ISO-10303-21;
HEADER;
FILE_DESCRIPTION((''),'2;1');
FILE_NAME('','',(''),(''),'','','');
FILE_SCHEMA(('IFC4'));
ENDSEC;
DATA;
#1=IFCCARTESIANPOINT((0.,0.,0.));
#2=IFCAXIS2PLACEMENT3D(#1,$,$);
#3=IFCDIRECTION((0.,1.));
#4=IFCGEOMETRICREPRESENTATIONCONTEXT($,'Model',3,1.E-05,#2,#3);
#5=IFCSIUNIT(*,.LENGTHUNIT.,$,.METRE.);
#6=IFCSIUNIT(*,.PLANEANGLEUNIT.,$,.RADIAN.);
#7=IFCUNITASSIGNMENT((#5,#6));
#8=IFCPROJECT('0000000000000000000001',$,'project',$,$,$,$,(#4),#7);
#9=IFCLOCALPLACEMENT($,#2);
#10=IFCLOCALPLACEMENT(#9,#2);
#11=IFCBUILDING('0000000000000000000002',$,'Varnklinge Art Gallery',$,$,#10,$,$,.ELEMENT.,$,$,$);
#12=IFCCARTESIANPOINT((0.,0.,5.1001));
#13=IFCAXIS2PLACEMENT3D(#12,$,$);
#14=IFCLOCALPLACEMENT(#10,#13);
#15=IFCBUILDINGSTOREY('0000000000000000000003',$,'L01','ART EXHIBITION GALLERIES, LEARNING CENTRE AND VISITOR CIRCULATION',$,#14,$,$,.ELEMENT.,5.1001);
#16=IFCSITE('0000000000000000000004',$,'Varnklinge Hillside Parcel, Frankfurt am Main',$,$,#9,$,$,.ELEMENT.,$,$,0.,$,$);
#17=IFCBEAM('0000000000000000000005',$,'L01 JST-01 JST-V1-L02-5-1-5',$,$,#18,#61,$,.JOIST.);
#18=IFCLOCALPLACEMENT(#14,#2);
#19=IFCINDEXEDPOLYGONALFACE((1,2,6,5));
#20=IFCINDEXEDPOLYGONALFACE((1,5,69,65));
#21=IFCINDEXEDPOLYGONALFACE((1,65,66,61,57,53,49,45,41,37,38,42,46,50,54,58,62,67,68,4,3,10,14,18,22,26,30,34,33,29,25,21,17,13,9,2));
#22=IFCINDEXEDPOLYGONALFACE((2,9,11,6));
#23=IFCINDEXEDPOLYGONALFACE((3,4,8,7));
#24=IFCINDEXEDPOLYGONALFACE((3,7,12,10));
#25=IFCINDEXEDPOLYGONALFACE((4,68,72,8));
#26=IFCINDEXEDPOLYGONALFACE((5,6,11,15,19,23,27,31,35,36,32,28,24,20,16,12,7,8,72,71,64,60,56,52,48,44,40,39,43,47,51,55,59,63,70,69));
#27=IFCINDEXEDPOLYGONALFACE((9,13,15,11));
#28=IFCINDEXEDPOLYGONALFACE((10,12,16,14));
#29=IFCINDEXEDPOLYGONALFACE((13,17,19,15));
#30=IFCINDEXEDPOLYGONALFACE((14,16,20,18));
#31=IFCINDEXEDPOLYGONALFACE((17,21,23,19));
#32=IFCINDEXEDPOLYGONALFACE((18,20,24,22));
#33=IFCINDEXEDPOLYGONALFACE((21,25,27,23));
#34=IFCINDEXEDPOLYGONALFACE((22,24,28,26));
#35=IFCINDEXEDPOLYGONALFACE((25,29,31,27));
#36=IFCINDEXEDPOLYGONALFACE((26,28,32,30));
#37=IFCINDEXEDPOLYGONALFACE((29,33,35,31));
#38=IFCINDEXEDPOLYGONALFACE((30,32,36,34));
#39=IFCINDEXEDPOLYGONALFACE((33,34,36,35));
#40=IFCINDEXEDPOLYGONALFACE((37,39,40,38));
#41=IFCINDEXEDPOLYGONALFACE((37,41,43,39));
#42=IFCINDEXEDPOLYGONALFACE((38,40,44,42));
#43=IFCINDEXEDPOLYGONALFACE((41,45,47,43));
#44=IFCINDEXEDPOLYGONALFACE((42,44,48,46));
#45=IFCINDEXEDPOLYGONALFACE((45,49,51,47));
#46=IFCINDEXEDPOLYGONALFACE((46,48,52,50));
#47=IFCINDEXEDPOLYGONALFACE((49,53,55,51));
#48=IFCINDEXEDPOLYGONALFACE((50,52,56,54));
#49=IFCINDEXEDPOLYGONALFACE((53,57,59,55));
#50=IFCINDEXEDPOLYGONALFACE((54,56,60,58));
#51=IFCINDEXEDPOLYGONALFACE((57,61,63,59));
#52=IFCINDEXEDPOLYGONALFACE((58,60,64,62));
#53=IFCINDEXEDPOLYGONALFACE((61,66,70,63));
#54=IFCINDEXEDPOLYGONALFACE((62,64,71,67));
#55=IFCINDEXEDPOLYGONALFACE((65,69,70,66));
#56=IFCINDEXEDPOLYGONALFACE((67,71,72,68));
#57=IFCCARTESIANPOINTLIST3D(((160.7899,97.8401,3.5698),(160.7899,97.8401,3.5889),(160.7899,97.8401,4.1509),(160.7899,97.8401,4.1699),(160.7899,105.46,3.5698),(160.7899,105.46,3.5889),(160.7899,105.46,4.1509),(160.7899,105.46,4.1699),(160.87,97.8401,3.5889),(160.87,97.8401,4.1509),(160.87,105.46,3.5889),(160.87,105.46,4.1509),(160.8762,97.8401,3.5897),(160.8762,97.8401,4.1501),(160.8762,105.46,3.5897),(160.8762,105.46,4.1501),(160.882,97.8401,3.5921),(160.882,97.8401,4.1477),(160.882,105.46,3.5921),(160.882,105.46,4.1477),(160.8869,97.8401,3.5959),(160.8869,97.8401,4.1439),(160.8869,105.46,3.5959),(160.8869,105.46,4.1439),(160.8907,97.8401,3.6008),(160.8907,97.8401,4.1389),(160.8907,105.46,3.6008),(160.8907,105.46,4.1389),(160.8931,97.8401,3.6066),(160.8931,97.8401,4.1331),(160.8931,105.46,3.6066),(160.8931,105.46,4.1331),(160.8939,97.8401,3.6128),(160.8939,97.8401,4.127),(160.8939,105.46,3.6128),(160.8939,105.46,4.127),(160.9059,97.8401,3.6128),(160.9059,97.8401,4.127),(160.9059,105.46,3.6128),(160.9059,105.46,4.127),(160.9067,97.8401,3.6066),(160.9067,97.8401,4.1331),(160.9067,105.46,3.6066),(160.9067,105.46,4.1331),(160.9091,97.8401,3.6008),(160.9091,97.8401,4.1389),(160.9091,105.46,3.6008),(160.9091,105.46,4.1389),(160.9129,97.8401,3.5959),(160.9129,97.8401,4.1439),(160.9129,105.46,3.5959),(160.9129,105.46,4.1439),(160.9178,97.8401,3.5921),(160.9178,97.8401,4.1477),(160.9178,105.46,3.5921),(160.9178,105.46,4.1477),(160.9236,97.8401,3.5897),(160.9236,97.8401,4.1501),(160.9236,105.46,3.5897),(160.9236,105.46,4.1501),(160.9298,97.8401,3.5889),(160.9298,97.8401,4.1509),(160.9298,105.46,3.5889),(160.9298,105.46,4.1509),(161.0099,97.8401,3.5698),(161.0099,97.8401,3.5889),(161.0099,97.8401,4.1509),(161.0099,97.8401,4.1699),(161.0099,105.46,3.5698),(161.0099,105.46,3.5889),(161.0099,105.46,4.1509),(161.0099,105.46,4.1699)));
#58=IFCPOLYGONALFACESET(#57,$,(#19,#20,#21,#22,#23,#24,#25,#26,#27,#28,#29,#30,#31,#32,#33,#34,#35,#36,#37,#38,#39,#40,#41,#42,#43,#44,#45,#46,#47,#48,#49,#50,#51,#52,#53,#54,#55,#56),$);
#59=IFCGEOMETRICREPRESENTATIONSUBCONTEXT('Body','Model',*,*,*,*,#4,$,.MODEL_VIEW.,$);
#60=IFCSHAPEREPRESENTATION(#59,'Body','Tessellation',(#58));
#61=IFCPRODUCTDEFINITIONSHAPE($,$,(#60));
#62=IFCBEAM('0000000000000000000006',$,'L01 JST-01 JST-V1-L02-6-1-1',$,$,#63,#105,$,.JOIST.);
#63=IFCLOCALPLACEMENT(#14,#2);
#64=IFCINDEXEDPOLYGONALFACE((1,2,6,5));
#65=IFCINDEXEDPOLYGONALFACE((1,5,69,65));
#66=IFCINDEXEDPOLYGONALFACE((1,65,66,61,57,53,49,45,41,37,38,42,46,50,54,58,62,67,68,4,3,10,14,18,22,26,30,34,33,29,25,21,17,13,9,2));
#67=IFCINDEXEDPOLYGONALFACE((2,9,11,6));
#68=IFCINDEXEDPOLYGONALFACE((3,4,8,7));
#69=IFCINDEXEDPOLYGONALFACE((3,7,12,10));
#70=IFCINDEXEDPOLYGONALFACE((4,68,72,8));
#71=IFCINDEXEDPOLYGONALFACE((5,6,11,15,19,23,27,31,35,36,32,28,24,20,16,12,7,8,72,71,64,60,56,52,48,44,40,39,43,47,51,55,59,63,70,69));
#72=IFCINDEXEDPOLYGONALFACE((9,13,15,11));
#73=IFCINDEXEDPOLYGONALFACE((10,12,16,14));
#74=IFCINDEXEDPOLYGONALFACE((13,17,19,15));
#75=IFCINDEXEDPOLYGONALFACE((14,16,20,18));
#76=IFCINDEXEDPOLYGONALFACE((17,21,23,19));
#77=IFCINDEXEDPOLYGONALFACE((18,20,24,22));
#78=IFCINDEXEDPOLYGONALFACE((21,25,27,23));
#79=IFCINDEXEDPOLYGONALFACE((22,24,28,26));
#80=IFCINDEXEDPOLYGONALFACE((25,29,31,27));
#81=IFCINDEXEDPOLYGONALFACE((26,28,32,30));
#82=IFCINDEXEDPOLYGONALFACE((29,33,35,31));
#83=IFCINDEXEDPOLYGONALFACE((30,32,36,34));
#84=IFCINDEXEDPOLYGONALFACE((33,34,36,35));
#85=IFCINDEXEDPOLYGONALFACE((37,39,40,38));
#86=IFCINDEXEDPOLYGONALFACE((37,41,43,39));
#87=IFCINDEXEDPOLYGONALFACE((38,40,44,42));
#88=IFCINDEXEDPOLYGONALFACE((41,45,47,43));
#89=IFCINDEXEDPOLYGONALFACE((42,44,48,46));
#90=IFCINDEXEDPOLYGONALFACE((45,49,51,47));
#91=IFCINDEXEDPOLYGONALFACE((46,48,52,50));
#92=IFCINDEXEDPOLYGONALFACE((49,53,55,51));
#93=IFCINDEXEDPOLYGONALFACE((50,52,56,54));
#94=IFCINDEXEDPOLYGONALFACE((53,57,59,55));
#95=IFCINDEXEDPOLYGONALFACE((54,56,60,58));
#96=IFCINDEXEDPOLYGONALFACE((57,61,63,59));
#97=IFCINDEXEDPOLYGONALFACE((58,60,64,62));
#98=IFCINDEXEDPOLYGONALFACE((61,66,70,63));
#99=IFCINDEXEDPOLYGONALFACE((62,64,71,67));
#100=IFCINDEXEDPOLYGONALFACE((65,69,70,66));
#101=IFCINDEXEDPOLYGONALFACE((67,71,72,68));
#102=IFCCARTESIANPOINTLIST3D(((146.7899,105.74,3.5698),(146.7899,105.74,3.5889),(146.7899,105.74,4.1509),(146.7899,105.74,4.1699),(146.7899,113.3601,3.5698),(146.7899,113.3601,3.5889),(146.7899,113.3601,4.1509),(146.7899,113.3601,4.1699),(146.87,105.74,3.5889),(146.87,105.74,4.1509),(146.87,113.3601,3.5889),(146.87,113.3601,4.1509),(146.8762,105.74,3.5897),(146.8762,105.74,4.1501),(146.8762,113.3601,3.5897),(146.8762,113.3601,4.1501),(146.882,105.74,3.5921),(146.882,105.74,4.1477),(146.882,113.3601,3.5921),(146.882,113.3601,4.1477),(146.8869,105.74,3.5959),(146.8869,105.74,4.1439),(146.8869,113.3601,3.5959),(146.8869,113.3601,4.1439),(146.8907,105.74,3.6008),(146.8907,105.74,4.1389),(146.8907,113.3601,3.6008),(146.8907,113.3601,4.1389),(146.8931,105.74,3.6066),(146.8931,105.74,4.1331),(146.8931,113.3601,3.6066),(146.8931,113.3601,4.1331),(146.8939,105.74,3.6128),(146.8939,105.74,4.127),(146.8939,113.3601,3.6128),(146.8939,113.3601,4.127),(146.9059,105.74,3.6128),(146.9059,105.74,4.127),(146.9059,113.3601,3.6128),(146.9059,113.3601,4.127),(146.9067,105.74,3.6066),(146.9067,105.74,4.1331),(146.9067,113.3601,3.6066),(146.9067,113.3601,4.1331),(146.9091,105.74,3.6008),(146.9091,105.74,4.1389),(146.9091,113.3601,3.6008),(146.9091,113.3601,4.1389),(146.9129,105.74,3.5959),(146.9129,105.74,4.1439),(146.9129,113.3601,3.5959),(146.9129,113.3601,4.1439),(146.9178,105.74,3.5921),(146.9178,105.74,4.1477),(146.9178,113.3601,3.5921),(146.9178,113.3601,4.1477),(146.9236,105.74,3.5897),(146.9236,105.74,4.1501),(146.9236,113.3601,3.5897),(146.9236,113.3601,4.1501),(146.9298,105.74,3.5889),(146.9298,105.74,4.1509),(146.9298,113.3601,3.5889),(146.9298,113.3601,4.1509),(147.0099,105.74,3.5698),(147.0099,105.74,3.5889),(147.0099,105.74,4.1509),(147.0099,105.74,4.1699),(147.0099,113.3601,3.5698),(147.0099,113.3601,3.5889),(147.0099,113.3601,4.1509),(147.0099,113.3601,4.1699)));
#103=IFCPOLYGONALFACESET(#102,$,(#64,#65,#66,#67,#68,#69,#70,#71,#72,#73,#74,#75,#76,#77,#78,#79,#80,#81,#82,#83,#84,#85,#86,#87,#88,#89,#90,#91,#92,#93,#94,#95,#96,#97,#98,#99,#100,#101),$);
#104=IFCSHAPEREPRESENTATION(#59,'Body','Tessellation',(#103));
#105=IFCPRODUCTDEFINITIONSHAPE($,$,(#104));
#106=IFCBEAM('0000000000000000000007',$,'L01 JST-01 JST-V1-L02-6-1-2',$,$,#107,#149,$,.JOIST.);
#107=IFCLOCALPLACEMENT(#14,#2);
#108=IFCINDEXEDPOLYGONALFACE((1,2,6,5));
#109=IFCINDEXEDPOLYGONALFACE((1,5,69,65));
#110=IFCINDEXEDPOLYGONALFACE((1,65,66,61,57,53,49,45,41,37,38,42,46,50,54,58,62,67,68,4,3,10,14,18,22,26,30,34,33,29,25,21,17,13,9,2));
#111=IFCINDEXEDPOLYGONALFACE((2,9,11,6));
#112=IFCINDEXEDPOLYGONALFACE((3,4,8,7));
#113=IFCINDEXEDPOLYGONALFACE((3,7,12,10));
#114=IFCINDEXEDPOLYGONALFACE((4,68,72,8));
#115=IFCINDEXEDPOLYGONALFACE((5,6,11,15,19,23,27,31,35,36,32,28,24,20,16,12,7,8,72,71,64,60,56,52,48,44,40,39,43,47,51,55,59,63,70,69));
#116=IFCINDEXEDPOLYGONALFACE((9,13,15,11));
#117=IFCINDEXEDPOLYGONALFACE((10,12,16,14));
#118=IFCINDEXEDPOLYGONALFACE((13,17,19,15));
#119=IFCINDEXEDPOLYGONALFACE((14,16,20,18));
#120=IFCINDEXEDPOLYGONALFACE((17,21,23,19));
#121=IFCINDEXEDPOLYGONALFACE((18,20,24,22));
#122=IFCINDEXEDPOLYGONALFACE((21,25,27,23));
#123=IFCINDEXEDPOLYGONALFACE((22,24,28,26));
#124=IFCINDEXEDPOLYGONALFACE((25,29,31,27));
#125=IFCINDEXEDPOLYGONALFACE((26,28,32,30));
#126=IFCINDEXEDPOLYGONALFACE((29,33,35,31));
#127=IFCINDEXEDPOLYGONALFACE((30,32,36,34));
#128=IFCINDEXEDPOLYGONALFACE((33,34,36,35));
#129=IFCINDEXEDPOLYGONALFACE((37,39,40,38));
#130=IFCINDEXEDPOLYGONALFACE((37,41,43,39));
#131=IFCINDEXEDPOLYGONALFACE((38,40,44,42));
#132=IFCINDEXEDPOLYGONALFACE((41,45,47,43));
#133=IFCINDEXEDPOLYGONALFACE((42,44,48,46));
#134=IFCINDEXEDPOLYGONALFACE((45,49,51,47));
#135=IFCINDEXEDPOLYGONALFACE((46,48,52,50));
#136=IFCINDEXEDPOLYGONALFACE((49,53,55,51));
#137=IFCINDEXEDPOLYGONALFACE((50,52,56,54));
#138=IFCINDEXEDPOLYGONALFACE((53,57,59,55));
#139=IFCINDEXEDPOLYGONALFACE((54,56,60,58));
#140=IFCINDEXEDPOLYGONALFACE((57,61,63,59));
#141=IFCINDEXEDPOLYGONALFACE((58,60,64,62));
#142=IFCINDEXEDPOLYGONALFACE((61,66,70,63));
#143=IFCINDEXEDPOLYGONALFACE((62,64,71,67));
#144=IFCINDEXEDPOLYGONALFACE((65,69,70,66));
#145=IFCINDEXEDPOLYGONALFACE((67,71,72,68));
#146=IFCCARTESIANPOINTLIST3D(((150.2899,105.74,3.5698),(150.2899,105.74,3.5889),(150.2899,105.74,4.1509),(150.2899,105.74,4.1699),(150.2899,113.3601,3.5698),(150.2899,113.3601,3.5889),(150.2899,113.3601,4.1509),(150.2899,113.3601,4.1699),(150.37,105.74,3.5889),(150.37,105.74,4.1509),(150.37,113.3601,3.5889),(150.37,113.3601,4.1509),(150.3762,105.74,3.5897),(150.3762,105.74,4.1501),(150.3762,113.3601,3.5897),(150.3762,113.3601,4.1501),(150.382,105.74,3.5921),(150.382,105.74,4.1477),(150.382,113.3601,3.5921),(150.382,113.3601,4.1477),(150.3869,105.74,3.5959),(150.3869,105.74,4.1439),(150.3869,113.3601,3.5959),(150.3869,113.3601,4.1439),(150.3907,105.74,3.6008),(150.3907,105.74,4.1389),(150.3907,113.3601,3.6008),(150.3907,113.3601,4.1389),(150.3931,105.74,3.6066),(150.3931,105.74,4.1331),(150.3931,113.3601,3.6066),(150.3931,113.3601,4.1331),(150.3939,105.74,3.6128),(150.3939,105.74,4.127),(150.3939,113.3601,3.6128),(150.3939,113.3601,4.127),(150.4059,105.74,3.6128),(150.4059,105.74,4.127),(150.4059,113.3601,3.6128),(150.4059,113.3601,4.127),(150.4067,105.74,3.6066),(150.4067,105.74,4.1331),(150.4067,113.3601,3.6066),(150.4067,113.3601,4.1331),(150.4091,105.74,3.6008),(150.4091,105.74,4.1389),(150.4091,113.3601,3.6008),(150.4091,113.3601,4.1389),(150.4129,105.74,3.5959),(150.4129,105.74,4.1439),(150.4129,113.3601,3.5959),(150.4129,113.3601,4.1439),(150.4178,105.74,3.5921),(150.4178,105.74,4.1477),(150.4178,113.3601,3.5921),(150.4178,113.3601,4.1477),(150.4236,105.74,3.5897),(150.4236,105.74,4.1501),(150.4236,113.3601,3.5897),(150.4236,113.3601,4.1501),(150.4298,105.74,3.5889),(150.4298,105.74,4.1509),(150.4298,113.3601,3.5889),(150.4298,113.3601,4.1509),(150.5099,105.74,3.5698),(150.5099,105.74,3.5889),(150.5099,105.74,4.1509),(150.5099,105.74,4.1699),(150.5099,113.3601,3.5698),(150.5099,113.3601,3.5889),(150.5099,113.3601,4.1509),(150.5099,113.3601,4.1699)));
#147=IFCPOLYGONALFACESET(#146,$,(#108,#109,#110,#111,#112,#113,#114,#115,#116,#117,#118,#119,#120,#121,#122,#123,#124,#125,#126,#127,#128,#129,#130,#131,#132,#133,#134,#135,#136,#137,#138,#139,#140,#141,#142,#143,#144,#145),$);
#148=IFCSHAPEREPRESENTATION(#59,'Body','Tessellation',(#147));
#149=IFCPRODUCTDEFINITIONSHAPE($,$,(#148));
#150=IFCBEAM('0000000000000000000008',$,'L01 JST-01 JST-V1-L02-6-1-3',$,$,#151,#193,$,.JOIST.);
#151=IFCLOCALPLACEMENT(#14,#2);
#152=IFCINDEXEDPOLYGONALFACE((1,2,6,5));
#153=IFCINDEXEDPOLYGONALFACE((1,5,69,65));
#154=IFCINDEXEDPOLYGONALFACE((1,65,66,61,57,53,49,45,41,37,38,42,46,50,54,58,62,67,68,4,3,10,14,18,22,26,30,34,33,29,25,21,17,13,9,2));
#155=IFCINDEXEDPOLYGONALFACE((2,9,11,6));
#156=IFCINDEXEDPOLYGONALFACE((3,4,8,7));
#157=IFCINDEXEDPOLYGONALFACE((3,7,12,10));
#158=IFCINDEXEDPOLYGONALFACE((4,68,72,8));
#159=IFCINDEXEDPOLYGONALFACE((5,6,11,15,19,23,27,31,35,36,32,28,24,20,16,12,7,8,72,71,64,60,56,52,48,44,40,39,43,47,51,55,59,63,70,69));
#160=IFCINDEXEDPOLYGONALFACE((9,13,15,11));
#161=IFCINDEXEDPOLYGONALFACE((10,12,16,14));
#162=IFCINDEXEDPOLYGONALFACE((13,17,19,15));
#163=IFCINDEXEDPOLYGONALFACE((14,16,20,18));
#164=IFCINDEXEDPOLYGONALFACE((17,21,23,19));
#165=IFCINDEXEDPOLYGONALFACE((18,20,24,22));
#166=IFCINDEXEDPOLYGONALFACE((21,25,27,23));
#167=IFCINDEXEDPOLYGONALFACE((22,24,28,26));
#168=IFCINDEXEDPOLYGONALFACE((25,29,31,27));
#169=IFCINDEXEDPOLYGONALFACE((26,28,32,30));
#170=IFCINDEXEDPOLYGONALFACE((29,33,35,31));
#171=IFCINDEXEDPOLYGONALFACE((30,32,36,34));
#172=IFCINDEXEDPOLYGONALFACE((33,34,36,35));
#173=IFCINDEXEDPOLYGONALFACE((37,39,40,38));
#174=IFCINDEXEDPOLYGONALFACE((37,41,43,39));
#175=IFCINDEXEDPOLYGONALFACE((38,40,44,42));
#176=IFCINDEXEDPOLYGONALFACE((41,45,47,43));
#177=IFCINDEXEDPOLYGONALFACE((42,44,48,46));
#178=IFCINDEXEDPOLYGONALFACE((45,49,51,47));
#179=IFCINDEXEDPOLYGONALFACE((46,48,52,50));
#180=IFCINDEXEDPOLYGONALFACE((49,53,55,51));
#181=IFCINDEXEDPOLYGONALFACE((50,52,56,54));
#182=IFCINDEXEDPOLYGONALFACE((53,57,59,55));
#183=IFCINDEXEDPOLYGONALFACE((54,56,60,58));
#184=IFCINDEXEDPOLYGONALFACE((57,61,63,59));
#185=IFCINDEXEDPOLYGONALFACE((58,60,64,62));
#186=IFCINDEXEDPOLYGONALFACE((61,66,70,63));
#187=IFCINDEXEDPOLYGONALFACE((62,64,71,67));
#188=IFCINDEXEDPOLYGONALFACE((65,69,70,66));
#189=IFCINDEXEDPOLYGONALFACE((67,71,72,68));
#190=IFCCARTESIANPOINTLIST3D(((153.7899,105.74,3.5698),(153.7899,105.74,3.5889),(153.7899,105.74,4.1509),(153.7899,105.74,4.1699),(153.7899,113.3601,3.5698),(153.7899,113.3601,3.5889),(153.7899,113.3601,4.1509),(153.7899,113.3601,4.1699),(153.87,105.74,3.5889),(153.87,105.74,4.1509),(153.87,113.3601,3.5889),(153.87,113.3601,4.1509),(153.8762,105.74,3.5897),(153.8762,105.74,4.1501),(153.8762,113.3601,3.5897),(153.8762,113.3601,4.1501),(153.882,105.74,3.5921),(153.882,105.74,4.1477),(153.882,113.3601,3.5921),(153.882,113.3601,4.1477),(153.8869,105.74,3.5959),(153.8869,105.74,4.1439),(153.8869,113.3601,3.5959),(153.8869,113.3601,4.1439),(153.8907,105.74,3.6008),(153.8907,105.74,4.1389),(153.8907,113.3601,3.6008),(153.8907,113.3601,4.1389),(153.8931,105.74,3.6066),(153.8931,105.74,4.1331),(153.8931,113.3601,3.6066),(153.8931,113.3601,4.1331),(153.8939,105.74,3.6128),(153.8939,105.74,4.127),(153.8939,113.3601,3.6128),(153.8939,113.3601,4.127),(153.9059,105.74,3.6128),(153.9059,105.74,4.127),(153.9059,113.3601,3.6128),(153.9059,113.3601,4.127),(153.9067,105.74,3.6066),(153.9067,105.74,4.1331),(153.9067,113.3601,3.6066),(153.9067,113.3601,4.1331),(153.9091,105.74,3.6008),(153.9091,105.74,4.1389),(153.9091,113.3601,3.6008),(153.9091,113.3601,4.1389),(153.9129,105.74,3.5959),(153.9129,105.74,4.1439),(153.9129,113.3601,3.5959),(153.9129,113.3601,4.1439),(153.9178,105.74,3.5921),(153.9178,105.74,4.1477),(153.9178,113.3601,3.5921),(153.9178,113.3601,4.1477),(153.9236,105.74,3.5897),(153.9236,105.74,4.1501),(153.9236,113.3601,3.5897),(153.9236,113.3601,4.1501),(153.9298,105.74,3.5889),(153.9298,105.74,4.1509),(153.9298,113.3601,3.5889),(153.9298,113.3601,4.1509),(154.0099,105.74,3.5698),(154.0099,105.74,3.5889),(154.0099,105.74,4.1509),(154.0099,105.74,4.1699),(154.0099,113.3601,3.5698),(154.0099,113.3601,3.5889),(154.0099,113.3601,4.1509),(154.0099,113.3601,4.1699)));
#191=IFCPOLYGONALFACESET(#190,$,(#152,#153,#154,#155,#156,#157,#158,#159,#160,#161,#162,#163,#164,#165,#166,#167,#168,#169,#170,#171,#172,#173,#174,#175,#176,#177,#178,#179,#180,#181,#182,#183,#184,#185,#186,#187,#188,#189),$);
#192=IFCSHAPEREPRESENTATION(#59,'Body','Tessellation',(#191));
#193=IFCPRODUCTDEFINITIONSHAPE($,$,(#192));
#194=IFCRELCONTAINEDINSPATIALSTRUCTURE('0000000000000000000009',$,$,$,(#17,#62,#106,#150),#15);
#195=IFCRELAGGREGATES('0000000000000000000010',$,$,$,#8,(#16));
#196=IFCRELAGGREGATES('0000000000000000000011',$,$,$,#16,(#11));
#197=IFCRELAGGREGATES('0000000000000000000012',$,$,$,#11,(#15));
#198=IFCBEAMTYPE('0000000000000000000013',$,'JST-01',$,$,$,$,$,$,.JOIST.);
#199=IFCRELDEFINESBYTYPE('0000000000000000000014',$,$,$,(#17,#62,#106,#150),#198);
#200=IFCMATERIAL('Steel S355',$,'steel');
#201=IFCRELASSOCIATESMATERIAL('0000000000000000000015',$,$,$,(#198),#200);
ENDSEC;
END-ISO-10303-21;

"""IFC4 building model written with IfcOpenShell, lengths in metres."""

from ifc_helpers import new_model, si_unit, direction, frame, origin, origin_2d, place, context, subcontext, project, spatial, i_section, extrude, material, material_profile, profile_set, type_object, element, save


model = new_model("IFC4")

# Units and contexts
model_context = context("Model", 3, precision=1e-05, world=origin(), true_north=direction((0.0, 1.0)))
body_context = subcontext(model_context, "Body", "Model", "MODEL_VIEW")
ifc_project = project(units=[si_unit("LENGTHUNIT", "METRE"), si_unit("PLANEANGLEUNIT", "RADIAN")], contexts=[model_context])

# Site, building, storey
site_placement = place(None, origin())
site = spatial("IfcSite", under=ifc_project, at=site_placement, Name="Varnklinge Hillside Parcel, Frankfurt am Main", CompositionType="ELEMENT", RefElevation=0.0)
building_placement = place(site_placement, origin())
building = spatial("IfcBuilding", under=site, at=building_placement, Name="Varnklinge Art Gallery", CompositionType="ELEMENT")
storey_placement = place(building_placement, frame((0.0, 0.0, 5.1001)))
storey = spatial("IfcBuildingStorey", under=building, at=storey_placement, Name="L01", Description="ART EXHIBITION GALLERIES, LEARNING CENTRE AND VISITOR CIRCULATION", CompositionType="ELEMENT", Elevation=5.1001)

# Beams
ifc_material_1 = material(Name="Steel S355", Category="steel")
ifc_material_profile_1 = material_profile(ifc_material_1, i_section(OverallWidth=0.22, OverallDepth=0.6001, WebThickness=0.012, FlangeThickness=0.019, FilletRadius=0.0239, at=origin_2d()), Name="IPE 600")
ifc_profile_set_1 = profile_set([ifc_material_profile_1], Name="Steel S355")
beam_type_1 = type_object("IfcBeamType", Name="JST-01", PredefinedType="JOIST", material=ifc_profile_set_1)
for number, where, z_axis, x_axis, name in (
    (1, (160.8999, 97.8401, 3.8699), (0.0, 1.0, 0.0), (-1.0, 0.0, 0.0), "L01 JST-01 JST-V1-L02-5-1-5"),
):
    element("IfcBeam", number, at=place(storey_placement, frame(where, z_axis=z_axis, x_axis=x_axis)), inside=storey, type_object=beam_type_1, Name=name, PredefinedType="JOIST", context=body_context, shape_type="SweptSolid", body=[
        extrude(i_section(OverallWidth=0.22, OverallDepth=0.6001, WebThickness=0.012, FlangeThickness=0.019, FilletRadius=0.0239, at=origin_2d()), origin(), (0.0, 0.0, 1.0), 7.6199),
    ])
for number, where, z_axis, x_axis, name in (
    (2, (146.8999, 105.74, 3.8699), (0.0, 1.0, 0.0), (-1.0, 0.0, 0.0), "L01 JST-01 JST-V1-L02-6-1-1"),
    (3, (150.3999, 105.74, 3.8699), (0.0, 1.0, 0.0), (-1.0, 0.0, 0.0), "L01 JST-01 JST-V1-L02-6-1-2"),
    (4, (153.8999, 105.74, 3.8699), (0.0, 1.0, 0.0), (-1.0, 0.0, 0.0), "L01 JST-01 JST-V1-L02-6-1-3"),
):
    element("IfcBeam", number, at=place(storey_placement, frame(where, z_axis=z_axis, x_axis=x_axis)), inside=storey, type_object=beam_type_1, Name=name, PredefinedType="JOIST", context=body_context, shape_type="SweptSolid", body=[
        extrude(i_section(OverallWidth=0.22, OverallDepth=0.6001, WebThickness=0.012, FlangeThickness=0.019, FilletRadius=0.0239, at=origin_2d()), origin(), (0.0, 0.0, 1.0), 7.6201),
    ])

save(model, "model.ifc")
